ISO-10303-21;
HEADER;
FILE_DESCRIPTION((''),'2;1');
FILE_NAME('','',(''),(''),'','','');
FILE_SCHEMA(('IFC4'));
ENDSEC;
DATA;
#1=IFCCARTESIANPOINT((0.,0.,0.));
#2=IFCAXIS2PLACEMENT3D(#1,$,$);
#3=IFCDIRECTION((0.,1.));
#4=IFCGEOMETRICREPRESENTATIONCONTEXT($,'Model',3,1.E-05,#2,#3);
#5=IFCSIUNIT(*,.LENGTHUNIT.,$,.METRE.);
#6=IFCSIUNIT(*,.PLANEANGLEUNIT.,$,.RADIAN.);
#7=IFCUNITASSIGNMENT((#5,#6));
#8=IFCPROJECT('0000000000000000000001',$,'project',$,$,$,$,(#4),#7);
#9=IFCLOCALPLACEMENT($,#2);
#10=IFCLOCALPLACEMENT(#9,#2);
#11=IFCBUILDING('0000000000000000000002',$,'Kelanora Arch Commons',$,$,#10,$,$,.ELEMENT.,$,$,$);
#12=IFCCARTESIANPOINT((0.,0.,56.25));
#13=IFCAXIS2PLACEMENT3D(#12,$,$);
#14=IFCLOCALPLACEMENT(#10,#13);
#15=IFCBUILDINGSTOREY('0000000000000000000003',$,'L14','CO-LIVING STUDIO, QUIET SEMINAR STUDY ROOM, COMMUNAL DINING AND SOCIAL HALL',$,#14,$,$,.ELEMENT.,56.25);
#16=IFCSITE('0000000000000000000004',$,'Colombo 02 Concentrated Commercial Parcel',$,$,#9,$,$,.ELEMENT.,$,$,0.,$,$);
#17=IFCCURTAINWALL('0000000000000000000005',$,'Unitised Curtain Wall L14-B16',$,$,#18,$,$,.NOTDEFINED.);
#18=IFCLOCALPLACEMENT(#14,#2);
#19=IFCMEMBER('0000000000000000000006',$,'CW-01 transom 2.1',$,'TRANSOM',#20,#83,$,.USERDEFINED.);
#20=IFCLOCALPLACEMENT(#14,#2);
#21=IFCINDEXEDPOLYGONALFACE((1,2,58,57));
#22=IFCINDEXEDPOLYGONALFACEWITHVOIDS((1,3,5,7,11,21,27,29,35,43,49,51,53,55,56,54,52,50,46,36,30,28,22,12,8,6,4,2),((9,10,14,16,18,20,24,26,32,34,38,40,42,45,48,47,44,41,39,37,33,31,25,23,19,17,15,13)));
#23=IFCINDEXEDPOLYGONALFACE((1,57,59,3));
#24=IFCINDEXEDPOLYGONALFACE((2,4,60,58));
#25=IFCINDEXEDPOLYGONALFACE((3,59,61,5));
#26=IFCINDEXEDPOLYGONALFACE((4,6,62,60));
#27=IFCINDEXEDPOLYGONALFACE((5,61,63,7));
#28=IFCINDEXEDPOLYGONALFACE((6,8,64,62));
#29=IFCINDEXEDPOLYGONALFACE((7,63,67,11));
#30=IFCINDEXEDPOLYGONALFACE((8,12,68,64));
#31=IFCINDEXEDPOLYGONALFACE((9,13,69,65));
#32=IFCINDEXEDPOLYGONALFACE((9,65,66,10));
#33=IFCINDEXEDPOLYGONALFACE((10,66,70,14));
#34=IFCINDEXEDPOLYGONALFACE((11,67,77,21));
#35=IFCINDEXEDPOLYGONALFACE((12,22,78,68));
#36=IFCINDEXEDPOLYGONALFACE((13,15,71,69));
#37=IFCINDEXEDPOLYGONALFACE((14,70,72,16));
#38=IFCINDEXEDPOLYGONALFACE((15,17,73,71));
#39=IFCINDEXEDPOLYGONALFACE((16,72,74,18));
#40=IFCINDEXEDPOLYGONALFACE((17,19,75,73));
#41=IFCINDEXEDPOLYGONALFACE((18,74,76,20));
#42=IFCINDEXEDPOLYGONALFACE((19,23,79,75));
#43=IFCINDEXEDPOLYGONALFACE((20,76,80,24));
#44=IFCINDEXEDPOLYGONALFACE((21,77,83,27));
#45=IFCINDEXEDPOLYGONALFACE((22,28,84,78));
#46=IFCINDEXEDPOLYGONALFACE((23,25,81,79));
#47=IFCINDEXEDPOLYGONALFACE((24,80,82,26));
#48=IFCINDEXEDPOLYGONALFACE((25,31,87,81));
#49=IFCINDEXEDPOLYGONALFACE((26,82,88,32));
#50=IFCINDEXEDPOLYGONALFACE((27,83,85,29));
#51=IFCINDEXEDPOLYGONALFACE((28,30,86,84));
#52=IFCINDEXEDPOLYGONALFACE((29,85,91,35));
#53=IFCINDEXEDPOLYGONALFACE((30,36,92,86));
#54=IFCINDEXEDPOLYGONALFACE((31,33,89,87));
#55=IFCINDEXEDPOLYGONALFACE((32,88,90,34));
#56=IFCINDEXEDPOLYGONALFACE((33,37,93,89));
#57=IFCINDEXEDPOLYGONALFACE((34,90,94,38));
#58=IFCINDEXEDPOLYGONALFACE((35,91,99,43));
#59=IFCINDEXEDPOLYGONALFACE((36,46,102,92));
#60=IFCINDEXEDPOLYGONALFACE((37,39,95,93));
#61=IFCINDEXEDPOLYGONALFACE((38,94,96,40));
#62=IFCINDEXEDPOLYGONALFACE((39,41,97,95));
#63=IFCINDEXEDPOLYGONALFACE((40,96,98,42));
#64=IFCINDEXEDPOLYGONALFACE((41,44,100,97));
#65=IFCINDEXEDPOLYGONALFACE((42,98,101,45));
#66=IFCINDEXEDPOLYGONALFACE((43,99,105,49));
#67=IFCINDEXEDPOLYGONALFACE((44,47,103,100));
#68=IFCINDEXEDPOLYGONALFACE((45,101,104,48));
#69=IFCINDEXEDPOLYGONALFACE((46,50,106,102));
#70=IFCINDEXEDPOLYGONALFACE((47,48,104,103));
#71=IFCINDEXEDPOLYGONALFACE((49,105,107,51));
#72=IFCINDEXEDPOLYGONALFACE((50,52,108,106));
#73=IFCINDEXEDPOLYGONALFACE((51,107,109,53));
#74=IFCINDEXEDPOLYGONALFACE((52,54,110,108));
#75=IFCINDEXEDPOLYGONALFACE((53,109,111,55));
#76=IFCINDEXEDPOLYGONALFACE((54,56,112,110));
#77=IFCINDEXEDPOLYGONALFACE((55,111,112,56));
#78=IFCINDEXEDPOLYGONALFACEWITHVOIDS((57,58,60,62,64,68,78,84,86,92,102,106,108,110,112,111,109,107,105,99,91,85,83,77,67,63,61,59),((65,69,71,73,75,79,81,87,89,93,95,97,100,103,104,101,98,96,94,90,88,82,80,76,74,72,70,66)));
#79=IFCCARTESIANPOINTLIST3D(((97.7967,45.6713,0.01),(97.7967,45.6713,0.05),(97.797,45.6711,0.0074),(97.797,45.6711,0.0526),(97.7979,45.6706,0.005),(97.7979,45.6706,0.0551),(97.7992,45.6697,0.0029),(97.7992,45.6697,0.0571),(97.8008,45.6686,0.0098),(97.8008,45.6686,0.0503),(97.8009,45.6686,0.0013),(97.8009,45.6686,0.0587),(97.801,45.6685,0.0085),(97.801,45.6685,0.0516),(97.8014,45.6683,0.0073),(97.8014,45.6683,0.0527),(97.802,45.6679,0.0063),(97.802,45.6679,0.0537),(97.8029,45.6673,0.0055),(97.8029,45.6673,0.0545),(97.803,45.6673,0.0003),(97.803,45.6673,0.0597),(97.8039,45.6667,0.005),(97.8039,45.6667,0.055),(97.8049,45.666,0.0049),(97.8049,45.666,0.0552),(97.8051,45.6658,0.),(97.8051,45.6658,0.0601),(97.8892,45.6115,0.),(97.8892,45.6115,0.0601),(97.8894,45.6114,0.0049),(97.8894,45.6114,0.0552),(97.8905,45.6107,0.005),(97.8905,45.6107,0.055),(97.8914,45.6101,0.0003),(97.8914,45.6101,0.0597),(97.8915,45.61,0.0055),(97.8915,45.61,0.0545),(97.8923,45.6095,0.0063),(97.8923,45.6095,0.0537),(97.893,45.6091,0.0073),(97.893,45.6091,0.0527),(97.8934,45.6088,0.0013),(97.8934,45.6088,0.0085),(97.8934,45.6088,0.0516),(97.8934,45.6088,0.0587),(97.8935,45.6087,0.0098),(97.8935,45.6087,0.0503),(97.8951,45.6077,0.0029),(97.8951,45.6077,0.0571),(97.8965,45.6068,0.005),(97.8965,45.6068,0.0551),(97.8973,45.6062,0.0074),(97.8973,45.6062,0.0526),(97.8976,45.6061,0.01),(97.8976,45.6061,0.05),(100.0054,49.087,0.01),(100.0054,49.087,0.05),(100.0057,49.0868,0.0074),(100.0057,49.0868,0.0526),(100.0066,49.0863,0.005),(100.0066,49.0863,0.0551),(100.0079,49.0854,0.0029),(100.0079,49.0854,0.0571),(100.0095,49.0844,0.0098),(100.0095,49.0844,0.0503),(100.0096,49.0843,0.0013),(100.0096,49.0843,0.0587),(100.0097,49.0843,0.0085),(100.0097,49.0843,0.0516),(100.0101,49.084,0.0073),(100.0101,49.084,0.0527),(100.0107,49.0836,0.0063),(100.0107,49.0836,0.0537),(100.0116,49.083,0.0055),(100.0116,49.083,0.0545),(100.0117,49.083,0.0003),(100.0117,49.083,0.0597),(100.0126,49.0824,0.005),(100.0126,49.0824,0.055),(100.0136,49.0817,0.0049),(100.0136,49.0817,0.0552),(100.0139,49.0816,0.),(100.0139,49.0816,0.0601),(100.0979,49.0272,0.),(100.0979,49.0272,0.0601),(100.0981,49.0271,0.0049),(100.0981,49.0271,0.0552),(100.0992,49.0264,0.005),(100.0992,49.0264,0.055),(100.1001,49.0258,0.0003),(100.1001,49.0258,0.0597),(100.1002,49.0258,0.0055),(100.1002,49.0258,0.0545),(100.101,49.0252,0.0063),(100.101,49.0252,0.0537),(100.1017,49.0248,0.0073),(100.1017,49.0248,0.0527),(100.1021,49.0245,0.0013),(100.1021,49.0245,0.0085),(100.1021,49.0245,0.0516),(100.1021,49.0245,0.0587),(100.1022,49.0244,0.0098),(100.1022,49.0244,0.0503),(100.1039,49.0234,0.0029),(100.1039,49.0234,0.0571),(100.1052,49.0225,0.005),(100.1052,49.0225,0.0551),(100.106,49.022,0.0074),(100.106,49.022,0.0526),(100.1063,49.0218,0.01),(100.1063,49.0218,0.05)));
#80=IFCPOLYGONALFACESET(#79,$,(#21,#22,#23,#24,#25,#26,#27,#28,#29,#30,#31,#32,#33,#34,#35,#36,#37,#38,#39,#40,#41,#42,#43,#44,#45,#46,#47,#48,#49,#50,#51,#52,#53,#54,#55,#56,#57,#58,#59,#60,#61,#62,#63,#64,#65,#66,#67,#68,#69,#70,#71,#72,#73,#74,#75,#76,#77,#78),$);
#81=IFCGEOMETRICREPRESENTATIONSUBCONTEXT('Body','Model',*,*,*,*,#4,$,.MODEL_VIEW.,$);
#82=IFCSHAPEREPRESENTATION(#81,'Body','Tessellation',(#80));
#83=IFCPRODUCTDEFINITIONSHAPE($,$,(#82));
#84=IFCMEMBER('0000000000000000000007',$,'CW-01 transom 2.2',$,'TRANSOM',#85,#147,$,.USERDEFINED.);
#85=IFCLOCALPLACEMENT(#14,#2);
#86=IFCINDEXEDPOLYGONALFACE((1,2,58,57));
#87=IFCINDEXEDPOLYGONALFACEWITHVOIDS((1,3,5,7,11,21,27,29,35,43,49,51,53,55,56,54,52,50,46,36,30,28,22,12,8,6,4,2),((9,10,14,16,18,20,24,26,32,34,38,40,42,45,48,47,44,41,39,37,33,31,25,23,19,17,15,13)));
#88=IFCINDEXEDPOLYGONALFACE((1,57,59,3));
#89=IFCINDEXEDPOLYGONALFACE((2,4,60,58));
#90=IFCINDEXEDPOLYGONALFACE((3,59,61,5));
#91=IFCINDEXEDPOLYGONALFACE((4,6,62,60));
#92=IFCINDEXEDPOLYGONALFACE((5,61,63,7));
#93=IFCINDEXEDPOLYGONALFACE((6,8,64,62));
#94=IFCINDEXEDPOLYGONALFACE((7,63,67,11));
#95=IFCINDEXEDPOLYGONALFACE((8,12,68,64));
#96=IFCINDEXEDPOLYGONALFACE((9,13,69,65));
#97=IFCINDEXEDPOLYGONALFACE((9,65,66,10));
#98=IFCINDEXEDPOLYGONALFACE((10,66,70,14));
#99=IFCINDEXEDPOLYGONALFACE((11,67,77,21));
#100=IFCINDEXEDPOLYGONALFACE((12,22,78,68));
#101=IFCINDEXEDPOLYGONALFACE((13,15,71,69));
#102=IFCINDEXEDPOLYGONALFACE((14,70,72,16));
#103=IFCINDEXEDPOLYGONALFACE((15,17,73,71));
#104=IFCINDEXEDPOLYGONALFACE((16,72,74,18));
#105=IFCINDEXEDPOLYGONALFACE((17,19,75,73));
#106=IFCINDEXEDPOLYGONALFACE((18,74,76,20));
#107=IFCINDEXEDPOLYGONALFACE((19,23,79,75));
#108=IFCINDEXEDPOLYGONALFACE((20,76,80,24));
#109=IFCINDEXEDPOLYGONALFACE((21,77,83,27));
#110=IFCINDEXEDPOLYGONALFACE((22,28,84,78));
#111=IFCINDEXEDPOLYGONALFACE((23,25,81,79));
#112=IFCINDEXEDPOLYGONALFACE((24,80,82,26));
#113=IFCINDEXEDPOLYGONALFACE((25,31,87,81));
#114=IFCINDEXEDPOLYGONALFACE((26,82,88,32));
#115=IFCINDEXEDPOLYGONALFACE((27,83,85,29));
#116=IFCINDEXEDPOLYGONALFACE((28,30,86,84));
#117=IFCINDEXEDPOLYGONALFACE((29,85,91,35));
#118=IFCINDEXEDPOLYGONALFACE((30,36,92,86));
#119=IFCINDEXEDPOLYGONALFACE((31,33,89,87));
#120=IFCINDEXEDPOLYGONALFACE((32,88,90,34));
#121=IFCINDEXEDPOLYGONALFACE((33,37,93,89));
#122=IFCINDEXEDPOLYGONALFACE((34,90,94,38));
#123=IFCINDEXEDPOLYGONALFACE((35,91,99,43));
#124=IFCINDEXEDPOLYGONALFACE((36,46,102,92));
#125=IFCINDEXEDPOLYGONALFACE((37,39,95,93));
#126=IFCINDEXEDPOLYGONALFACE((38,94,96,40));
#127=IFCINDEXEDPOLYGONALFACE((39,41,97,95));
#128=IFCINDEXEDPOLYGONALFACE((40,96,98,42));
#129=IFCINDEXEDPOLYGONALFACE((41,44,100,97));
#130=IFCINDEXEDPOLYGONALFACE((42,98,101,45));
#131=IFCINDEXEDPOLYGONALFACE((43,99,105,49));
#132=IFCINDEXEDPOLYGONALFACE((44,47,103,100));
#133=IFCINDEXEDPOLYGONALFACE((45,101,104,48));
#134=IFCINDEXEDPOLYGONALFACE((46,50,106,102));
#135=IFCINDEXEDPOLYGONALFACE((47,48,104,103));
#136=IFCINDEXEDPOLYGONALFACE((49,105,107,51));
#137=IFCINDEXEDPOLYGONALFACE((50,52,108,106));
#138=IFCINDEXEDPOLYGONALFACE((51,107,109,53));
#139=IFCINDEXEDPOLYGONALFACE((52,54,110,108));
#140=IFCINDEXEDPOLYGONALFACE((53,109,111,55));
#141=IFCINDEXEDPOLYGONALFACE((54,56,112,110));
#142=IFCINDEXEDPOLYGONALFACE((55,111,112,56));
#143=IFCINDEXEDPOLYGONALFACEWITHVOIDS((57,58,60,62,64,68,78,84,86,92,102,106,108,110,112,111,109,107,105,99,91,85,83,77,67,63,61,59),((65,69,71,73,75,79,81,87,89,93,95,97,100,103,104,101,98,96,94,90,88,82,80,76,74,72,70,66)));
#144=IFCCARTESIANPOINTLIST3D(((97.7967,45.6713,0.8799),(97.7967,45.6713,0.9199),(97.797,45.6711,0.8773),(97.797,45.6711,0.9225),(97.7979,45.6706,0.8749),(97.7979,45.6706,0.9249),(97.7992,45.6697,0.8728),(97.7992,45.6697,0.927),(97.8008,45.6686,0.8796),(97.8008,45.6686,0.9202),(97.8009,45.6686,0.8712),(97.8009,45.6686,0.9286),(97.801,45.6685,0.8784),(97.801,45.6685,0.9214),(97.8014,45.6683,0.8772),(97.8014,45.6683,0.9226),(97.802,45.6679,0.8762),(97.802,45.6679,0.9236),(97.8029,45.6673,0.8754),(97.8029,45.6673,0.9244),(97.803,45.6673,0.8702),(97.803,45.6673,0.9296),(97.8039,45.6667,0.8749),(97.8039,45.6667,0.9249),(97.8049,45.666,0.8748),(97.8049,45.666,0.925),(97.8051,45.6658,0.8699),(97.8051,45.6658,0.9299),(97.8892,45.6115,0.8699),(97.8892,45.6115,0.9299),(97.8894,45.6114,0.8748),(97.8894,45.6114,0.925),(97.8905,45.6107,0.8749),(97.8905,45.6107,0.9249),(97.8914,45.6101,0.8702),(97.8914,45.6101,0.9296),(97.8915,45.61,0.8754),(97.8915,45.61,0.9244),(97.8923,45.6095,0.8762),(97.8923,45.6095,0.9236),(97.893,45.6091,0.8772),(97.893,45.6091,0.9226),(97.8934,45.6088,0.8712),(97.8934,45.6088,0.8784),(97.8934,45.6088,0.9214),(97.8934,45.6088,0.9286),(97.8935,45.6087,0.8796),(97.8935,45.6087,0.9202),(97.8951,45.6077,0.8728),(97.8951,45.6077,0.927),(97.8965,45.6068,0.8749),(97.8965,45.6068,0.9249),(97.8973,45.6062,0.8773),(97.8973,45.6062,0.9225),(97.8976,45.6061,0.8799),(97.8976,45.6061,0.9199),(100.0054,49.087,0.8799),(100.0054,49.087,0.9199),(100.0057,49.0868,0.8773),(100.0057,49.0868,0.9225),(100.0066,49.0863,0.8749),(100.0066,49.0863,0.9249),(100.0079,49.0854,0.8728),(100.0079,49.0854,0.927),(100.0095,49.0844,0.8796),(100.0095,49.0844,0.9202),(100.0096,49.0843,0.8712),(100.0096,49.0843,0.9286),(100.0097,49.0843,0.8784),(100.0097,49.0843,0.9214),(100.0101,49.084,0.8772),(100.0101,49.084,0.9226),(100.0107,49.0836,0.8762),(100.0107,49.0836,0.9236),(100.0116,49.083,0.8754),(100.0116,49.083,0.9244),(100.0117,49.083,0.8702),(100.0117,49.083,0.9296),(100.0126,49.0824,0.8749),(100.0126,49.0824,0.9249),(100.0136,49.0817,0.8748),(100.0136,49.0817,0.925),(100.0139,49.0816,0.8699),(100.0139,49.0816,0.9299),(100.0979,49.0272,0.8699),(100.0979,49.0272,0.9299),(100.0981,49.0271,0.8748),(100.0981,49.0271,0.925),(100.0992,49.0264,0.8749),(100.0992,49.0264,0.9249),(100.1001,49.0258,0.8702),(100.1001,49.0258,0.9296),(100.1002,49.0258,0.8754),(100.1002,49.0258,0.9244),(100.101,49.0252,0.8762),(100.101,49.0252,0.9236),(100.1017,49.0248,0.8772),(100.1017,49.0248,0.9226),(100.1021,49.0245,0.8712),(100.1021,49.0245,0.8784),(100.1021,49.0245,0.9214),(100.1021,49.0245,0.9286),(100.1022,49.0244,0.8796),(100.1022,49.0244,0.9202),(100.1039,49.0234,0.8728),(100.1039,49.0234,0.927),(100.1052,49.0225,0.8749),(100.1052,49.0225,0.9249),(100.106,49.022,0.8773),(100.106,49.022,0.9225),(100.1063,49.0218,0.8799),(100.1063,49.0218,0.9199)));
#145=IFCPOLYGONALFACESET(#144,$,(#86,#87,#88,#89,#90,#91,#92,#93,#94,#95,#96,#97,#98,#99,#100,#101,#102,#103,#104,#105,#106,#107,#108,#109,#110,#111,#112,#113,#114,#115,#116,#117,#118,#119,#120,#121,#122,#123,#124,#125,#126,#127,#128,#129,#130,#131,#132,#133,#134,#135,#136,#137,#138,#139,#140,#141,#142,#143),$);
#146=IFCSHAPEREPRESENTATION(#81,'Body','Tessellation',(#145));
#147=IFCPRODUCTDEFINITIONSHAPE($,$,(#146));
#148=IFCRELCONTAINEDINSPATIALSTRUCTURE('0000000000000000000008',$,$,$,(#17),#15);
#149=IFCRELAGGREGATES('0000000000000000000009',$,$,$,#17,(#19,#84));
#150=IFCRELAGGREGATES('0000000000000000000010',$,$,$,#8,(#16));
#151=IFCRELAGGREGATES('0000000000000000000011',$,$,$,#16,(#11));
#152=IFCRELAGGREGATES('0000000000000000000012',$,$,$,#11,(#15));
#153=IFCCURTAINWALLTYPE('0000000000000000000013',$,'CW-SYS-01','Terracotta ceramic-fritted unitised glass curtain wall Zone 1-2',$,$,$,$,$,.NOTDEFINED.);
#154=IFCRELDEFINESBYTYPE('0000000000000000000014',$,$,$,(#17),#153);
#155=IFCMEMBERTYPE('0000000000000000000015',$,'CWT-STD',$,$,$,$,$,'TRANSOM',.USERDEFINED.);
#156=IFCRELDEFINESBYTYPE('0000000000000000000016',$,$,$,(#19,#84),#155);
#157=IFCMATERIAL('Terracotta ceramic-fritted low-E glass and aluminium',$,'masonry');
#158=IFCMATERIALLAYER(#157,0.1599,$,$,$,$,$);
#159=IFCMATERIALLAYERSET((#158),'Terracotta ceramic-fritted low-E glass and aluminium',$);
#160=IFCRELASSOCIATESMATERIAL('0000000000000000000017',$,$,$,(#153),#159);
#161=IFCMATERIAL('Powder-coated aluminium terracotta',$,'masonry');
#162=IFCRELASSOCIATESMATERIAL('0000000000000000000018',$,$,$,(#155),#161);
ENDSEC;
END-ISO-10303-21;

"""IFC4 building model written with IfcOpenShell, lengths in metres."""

from ifc_helpers import new_model, si_unit, direction, frame, origin, origin_2d, place, context, subcontext, project, spatial, hollow_rectangle, extrude, material, layer, layer_set, material_profile, profile_set, type_object, element, aggregate, save


model = new_model("IFC4")

# Units and contexts
model_context = context("Model", 3, precision=1e-05, world=origin(), true_north=direction((0.0, 1.0)))
body_context = subcontext(model_context, "Body", "Model", "MODEL_VIEW")
ifc_project = project(units=[si_unit("LENGTHUNIT", "METRE"), si_unit("PLANEANGLEUNIT", "RADIAN")], contexts=[model_context])

# Site, building, storey
site_placement = place(None, origin())
site = spatial("IfcSite", under=ifc_project, at=site_placement, Name="Colombo 02 Concentrated Commercial Parcel", CompositionType="ELEMENT", RefElevation=0.0)
building_placement = place(site_placement, origin())
building = spatial("IfcBuilding", under=site, at=building_placement, Name="Kelanora Arch Commons", CompositionType="ELEMENT")
storey_placement = place(building_placement, frame((0.0, 0.0, 56.25)))
storey = spatial("IfcBuildingStorey", under=building, at=storey_placement, Name="L14", Description="CO-LIVING STUDIO, QUIET SEMINAR STUDY ROOM, COMMUNAL DINING AND SOCIAL HALL", CompositionType="ELEMENT", Elevation=56.25)

# Shared definitions
ifc_material_1 = material(Name="Terracotta ceramic-fritted low-E glass and aluminium", Category="masonry")
ifc_layer_1 = layer(ifc_material_1, 0.1599)
ifc_layer_set_1 = layer_set([ifc_layer_1], Name="Terracotta ceramic-fritted low-E glass and aluminium")
curtain_wall_type = type_object("IfcCurtainWallType", Name="CW-SYS-01", Description="Terracotta ceramic-fritted unitised glass curtain wall Zone 1-2", PredefinedType="NOTDEFINED", material=ifc_layer_set_1)
ifc_material_2 = material(Name="Powder-coated aluminium terracotta", Category="masonry")

# Curtain wall, members
curtain_wall_1_placement = place(storey_placement, origin())
curtain_wall_1 = element("IfcCurtainWall", 1, at=curtain_wall_1_placement, inside=storey, type_object=curtain_wall_type, Name="Unitised Curtain Wall L14-B16", PredefinedType="NOTDEFINED")
ifc_material_profile_1 = material_profile(ifc_material_2, hollow_rectangle(XDim=0.1201, YDim=0.0601, WallThickness=0.0049, InnerFilletRadius=0.0049, OuterFilletRadius=0.01, at=origin_2d()), Name="CWT120x60")
ifc_profile_set_1 = profile_set([ifc_material_profile_1], Name="Powder-coated aluminium terracotta")
member_type_1 = type_object("IfcMemberType", Name="CWT-STD", ElementType="TRANSOM", PredefinedType="USERDEFINED", material=ifc_profile_set_1)
member_1_placement = place(storey_placement, frame((97.8472, 45.6387, 0.03), z_axis=(0.542997, 0.839734, 0.0), x_axis=(-0.839734, 0.542997, 0.0)))
member_1 = element("IfcMember", 2, at=member_1_placement, type_object=member_type_1, Name="CW-01 transom 2.1", ObjectType="TRANSOM", PredefinedType="USERDEFINED", context=body_context, shape_type="SweptSolid", body=[
    extrude(hollow_rectangle(XDim=0.1201, YDim=0.0601, WallThickness=0.0049, InnerFilletRadius=0.0049, OuterFilletRadius=0.01, at=origin_2d()), origin(), (0.0, 0.0, 1.0), 4.0676),
])
member_2_placement = place(storey_placement, frame((97.8472, 45.6387, 0.8999), z_axis=(0.542997, 0.839734, 0.0), x_axis=(-0.839734, 0.542997, 0.0)))
member_2 = element("IfcMember", 3, at=member_2_placement, type_object=member_type_1, Name="CW-01 transom 2.2", ObjectType="TRANSOM", PredefinedType="USERDEFINED", context=body_context, shape_type="SweptSolid", body=[
    extrude(hollow_rectangle(XDim=0.1201, YDim=0.0601, WallThickness=0.0049, InnerFilletRadius=0.0049, OuterFilletRadius=0.01, at=origin_2d()), origin(), (0.0, 0.0, 1.0), 4.0676),
])
aggregate(curtain_wall_1, [member_1, member_2])

save(model, "model.ifc")
